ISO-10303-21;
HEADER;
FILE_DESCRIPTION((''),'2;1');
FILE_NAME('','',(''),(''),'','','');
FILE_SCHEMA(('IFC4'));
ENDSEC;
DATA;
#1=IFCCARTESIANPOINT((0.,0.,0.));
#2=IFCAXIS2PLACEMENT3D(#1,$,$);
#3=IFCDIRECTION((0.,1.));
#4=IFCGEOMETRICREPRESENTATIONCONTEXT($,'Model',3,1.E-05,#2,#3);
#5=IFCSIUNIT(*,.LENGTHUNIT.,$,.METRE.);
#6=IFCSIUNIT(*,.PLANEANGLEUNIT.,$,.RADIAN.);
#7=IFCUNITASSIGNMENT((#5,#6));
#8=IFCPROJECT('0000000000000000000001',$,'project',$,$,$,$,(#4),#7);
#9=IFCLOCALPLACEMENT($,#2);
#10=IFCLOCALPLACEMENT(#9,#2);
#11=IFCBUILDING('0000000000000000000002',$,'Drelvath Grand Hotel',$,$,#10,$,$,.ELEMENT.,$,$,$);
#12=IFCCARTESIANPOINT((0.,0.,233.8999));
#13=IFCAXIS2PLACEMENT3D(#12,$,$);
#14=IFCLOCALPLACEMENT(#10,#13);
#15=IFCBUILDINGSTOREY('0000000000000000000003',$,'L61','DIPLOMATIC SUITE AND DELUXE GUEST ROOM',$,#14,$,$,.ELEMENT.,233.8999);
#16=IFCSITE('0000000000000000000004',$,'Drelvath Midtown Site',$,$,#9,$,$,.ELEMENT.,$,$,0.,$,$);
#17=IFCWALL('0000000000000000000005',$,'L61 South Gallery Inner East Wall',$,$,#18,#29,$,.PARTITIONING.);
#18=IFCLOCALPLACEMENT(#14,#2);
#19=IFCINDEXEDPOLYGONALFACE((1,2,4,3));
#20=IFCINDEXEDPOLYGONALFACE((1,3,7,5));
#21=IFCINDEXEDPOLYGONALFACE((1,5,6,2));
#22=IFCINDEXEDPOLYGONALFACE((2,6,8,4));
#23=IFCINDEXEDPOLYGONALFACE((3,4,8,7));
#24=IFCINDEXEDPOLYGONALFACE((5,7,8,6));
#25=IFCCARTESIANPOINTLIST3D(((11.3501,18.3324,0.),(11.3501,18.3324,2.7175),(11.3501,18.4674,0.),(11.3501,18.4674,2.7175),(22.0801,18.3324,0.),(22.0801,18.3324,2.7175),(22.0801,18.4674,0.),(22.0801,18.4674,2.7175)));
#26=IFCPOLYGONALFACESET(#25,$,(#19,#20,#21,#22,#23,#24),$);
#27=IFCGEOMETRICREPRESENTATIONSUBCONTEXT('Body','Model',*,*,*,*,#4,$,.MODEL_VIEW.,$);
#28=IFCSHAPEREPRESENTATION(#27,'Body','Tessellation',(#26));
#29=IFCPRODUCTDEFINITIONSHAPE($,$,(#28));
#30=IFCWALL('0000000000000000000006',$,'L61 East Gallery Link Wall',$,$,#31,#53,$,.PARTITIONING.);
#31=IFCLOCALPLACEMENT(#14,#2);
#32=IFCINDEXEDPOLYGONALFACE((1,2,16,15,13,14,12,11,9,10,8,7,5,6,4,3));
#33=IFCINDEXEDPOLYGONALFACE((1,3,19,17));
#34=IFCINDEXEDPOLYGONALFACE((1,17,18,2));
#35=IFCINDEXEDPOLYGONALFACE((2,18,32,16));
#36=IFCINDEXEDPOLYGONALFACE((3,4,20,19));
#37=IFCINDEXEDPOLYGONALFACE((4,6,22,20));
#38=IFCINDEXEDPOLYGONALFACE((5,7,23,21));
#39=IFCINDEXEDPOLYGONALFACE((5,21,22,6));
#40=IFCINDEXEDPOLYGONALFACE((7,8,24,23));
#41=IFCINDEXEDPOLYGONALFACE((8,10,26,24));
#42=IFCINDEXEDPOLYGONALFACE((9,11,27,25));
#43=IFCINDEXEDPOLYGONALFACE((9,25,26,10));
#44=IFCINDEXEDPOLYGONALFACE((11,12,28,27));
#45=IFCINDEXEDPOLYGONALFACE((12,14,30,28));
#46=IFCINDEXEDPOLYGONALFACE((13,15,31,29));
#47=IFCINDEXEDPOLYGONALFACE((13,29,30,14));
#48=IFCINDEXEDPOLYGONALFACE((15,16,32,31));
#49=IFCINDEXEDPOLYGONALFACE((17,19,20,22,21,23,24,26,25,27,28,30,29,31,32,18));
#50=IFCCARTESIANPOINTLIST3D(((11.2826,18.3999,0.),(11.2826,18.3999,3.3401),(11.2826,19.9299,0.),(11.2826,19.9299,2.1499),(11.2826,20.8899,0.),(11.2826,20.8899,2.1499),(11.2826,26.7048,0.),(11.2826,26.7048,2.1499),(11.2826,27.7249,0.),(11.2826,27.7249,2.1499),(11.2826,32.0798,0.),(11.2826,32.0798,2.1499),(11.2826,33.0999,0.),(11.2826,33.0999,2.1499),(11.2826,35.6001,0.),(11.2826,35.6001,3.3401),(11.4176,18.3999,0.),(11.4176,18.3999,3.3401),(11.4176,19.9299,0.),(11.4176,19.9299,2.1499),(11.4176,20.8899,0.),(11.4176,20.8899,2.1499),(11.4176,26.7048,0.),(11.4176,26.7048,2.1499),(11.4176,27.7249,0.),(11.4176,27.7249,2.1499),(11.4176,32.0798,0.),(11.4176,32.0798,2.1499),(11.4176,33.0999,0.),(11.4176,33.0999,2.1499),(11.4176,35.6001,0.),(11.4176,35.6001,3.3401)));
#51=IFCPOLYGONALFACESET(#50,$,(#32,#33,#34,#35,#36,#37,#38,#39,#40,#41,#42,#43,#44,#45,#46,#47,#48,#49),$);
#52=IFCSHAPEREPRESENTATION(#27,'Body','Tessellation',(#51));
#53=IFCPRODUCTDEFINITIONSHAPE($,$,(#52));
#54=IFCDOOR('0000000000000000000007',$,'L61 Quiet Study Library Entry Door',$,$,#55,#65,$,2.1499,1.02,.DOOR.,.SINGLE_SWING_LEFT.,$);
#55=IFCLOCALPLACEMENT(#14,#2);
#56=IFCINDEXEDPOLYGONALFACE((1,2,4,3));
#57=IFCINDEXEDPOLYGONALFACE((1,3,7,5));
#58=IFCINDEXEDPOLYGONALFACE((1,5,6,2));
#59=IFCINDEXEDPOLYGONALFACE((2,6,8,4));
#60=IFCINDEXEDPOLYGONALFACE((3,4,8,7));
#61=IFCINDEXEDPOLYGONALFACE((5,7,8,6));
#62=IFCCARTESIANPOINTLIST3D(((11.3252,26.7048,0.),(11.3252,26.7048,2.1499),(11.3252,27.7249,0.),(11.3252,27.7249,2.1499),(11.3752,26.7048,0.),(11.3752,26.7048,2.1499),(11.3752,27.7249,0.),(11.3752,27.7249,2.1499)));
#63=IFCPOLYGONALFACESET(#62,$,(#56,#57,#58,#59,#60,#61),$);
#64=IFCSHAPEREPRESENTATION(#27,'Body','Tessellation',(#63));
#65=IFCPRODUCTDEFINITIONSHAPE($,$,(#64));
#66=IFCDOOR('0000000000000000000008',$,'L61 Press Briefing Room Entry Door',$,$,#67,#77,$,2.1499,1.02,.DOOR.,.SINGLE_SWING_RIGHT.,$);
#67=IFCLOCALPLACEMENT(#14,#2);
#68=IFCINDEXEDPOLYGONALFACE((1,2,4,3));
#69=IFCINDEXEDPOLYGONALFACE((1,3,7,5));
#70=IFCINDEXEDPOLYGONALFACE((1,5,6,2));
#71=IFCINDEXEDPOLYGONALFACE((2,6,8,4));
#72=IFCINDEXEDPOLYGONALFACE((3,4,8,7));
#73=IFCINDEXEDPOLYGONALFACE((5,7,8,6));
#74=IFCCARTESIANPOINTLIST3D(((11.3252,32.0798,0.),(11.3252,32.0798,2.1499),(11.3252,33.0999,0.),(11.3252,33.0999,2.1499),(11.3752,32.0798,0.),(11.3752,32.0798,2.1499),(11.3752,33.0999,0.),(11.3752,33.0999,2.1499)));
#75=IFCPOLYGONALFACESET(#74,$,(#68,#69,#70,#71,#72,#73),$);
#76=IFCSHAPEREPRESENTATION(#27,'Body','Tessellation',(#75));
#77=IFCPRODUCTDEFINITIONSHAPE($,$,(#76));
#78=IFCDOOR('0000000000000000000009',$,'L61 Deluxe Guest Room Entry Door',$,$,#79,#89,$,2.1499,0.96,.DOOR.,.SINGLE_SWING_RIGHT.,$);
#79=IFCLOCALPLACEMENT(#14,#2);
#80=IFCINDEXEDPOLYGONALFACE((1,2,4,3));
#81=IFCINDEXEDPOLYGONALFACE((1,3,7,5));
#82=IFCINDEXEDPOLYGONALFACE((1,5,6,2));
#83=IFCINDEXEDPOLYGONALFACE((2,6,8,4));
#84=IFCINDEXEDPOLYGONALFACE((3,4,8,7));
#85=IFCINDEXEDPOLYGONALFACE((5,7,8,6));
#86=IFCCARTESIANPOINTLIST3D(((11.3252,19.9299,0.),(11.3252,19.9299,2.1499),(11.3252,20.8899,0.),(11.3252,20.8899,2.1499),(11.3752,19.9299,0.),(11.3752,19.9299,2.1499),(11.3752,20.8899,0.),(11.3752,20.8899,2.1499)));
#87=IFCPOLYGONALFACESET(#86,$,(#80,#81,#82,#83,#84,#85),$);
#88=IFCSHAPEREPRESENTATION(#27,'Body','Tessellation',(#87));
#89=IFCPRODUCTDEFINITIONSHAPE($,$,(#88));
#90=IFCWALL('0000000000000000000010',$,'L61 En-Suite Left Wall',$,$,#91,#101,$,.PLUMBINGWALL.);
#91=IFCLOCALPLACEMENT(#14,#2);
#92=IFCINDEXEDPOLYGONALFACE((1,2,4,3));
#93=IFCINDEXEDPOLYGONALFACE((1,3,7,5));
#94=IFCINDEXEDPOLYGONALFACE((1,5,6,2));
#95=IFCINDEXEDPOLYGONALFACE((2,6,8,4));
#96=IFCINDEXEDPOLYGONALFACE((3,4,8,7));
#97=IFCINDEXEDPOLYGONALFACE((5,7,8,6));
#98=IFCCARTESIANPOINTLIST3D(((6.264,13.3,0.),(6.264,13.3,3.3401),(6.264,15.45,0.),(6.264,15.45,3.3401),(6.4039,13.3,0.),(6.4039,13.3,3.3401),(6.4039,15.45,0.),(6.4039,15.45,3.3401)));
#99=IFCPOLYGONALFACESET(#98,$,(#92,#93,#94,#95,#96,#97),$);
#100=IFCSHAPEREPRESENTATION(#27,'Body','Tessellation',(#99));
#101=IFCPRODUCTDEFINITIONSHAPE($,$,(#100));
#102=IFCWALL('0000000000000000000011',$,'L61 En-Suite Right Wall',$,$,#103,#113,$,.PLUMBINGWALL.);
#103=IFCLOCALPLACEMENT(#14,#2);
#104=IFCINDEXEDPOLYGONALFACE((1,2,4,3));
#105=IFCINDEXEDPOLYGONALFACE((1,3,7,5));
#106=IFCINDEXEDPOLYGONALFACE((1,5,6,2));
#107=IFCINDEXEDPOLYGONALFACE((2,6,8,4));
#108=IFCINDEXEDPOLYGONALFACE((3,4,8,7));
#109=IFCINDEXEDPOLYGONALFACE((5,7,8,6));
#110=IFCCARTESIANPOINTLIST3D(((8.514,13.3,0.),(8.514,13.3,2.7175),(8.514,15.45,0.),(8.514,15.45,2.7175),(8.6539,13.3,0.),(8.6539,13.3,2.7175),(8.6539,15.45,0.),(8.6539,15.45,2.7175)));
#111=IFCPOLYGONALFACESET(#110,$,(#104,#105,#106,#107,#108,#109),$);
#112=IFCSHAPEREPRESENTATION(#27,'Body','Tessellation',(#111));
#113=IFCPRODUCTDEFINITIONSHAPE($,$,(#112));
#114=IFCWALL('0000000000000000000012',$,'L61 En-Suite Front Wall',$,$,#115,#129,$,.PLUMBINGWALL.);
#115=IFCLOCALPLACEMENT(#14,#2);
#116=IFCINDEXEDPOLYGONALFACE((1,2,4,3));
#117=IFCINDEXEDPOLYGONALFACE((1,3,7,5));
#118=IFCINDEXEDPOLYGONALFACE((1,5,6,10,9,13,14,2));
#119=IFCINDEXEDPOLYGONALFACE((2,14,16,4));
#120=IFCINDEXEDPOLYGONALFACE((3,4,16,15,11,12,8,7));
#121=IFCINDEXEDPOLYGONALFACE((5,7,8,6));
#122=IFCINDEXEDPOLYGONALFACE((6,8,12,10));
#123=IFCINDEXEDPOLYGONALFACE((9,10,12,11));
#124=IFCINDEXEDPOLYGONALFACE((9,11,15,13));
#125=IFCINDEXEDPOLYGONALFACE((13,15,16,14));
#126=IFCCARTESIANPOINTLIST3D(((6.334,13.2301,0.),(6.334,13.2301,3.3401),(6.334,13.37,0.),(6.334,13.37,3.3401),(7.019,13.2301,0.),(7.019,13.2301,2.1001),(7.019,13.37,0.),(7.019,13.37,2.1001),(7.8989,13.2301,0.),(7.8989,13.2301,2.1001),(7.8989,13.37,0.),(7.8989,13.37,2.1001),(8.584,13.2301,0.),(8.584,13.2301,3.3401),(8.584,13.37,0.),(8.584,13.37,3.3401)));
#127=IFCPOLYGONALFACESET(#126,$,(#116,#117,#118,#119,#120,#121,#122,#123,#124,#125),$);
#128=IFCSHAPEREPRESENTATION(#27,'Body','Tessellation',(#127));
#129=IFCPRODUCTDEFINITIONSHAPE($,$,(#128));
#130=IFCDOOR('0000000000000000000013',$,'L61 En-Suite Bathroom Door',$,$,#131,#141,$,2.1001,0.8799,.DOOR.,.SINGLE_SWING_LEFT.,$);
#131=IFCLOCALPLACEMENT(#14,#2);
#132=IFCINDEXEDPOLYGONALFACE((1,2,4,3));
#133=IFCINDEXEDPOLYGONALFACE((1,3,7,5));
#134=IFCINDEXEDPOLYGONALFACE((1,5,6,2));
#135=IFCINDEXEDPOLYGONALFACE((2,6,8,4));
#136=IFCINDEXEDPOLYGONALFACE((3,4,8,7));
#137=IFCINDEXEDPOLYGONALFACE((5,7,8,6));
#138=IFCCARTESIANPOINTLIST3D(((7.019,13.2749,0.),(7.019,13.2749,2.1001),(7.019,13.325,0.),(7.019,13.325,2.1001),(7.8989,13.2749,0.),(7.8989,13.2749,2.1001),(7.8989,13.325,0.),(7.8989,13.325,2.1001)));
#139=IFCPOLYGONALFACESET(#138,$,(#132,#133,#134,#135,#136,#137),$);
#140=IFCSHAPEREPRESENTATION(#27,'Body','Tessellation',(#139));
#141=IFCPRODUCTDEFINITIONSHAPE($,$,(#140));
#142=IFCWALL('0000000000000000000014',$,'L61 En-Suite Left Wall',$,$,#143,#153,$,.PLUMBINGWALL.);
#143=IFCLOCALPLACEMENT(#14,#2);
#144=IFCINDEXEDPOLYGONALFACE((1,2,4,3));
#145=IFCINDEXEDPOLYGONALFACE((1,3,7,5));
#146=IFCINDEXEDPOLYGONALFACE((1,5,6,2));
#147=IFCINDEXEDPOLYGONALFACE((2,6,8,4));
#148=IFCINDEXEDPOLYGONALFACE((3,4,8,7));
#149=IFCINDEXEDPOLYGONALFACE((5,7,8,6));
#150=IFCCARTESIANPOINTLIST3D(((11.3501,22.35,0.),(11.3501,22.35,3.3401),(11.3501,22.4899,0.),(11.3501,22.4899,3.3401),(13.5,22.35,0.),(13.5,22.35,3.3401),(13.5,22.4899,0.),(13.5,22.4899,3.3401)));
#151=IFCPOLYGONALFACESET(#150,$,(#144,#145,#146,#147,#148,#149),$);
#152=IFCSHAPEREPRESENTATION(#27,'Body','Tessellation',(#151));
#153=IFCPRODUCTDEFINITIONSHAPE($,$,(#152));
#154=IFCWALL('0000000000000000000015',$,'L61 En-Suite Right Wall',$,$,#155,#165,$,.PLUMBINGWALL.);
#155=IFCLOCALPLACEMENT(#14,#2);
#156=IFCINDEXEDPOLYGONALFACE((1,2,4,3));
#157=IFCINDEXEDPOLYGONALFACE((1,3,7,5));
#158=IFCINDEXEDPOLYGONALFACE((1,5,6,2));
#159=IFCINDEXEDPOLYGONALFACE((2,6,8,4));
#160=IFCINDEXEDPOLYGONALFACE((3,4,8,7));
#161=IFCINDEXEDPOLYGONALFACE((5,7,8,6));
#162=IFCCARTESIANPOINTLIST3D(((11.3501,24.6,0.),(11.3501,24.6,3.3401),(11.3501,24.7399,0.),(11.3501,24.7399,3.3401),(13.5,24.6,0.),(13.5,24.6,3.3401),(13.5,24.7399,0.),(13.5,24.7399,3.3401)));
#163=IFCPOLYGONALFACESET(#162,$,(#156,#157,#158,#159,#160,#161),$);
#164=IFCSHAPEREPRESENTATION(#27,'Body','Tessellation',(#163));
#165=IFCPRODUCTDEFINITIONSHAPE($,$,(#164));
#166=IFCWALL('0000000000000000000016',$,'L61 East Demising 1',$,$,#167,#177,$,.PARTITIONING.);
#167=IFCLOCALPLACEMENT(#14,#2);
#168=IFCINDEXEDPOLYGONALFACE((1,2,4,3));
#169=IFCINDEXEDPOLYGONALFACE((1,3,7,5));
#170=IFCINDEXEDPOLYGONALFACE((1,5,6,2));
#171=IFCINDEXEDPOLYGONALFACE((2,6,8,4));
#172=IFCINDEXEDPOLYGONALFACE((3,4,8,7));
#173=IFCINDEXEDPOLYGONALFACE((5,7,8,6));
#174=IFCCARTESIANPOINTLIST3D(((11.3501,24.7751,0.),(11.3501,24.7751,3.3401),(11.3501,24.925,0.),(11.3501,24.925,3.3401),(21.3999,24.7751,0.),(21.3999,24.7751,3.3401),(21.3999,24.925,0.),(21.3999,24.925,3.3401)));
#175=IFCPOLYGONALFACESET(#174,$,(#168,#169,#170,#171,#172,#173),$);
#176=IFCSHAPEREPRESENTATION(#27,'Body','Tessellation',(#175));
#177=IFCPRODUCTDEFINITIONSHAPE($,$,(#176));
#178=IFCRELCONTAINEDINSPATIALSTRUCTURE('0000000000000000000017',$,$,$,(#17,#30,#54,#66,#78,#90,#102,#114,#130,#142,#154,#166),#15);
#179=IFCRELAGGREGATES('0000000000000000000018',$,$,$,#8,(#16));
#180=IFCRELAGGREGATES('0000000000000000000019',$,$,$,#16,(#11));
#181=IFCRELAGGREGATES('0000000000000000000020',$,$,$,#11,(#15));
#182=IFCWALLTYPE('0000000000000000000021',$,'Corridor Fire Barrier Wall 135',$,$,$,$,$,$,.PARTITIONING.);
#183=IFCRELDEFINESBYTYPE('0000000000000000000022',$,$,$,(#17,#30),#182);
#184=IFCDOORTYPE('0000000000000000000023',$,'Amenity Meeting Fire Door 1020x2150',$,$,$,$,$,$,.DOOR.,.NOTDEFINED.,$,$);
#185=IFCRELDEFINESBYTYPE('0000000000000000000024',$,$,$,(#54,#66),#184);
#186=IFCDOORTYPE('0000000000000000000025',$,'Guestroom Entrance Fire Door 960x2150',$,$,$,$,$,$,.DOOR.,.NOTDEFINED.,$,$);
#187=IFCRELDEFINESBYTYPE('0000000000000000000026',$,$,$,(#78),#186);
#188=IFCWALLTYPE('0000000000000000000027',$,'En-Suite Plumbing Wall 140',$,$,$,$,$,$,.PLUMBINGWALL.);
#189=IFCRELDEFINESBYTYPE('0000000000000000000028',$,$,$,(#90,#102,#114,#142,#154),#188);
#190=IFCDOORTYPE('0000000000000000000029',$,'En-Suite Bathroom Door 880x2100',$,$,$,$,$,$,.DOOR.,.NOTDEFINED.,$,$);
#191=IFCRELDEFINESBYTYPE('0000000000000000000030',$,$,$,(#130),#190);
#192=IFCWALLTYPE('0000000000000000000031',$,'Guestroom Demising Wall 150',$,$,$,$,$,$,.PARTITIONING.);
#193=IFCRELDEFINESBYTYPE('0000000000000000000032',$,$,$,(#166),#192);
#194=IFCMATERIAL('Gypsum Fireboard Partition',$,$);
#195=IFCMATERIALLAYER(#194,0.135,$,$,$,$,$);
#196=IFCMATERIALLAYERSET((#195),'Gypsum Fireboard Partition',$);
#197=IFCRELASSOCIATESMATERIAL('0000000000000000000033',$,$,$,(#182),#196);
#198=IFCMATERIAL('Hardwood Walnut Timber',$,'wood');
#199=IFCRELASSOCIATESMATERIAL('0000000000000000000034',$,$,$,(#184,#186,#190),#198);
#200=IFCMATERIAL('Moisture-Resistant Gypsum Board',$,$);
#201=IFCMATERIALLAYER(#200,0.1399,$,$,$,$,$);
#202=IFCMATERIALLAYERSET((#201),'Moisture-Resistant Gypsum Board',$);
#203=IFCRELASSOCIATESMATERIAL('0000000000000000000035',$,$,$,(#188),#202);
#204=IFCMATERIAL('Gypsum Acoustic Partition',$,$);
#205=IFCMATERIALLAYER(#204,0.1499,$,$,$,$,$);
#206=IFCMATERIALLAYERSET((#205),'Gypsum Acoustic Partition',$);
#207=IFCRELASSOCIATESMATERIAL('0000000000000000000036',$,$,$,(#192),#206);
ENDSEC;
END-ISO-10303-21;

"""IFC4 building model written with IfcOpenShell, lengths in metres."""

from ifc_helpers import new_model, si_unit, direction, frame, frame_2d, origin, place, context, subcontext, project, spatial, rectangle, extrude, material, layer, layer_set, type_object, element, fill, save


model = new_model("IFC4")

# Units and contexts
model_context = context("Model", 3, precision=1e-05, world=origin(), true_north=direction((0.0, 1.0)))
body_context = subcontext(model_context, "Body", "Model", "MODEL_VIEW")
ifc_project = project(units=[si_unit("LENGTHUNIT", "METRE"), si_unit("PLANEANGLEUNIT", "RADIAN")], contexts=[model_context])

# Site, building, storey
site_placement = place(None, origin())
site = spatial("IfcSite", under=ifc_project, at=site_placement, Name="Drelvath Midtown Site", CompositionType="ELEMENT", RefElevation=0.0)
building_placement = place(site_placement, origin())
building = spatial("IfcBuilding", under=site, at=building_placement, Name="Drelvath Grand Hotel", CompositionType="ELEMENT")
storey_placement = place(building_placement, frame((0.0, 0.0, 233.8999)))
storey = spatial("IfcBuildingStorey", under=building, at=storey_placement, Name="L61", Description="DIPLOMATIC SUITE AND DELUXE GUEST ROOM", CompositionType="ELEMENT", Elevation=233.8999)

# Wall
ifc_material_1 = material(Name="Gypsum Fireboard Partition")
ifc_layer_1 = layer(ifc_material_1, 0.135)
ifc_layer_set_1 = layer_set([ifc_layer_1], Name="Gypsum Fireboard Partition")
wall_type_1 = type_object("IfcWallType", Name="Corridor Fire Barrier Wall 135", PredefinedType="PARTITIONING", material=ifc_layer_set_1)
wall_1_placement = place(storey_placement, frame((11.3501, 18.3999, 0.0), z_axis=(0.0, 0.0, 1.0), x_axis=(1.0, 0.0, 0.0)))
element("IfcWall", 1, at=wall_1_placement, inside=storey, type_object=wall_type_1, Name="L61 South Gallery Inner East Wall", PredefinedType="PARTITIONING", context=body_context, shape_type="SweptSolid", body=[
    extrude(rectangle(XDim=10.73, YDim=0.135, at=frame_2d((5.365, 0.0))), origin(), (0.0, 0.0, 1.0), 2.7175),
])

# Wall, openings, doors
wall_2_placement = place(storey_placement, frame((11.3501, 18.3999, 0.0), z_axis=(0.0, 0.0, 1.0), x_axis=(0.0, 1.0, 0.0)))
wall_2 = element("IfcWall", 2, at=wall_2_placement, inside=storey, type_object=wall_type_1, Name="L61 East Gallery Link Wall", PredefinedType="PARTITIONING", context=body_context, shape_type="SweptSolid", body=[
    extrude(rectangle(XDim=17.2002, YDim=0.135, at=frame_2d((8.6001, 0.0))), origin(), (0.0, 0.0, 1.0), 3.3401),
])
opening_1_placement = place(wall_2_placement, frame((1.53, 0.0, 0.0)))
opening_1 = element("IfcOpeningElement", 3, at=opening_1_placement, cuts=wall_2, PredefinedType="OPENING", context=body_context, shape_type="SweptSolid", body=[
    extrude(rectangle(XDim=0.96, YDim=2.1499, at=frame_2d((0.48, 1.075))), frame((0.0, 0.0774, 0.0), z_axis=(0.0, -1.0, 0.0), x_axis=(1.0, 0.0, 0.0)), (0.0, 0.0, 1.0), 0.155),
])
opening_2_placement = place(wall_2_placement, frame((8.3049, 0.0, 0.0)))
opening_2 = element("IfcOpeningElement", 4, at=opening_2_placement, cuts=wall_2, PredefinedType="OPENING", context=body_context, shape_type="SweptSolid", body=[
    extrude(rectangle(XDim=1.02, YDim=2.1499, at=frame_2d((0.51, 1.075))), frame((0.0, 0.0774, 0.0), z_axis=(0.0, -1.0, 0.0), x_axis=(1.0, 0.0, 0.0)), (0.0, 0.0, 1.0), 0.155),
])
opening_3_placement = place(wall_2_placement, frame((13.6799, 0.0, 0.0)))
opening_3 = element("IfcOpeningElement", 5, at=opening_3_placement, cuts=wall_2, PredefinedType="OPENING", context=body_context, shape_type="SweptSolid", body=[
    extrude(rectangle(XDim=1.02, YDim=2.1499, at=frame_2d((0.51, 1.075))), frame((0.0, 0.0774, 0.0), z_axis=(0.0, -1.0, 0.0), x_axis=(1.0, 0.0, 0.0)), (0.0, 0.0, 1.0), 0.155),
])
ifc_material_2 = material(Name="Hardwood Walnut Timber", Category="wood")
door_type_1 = type_object("IfcDoorType", Name="Amenity Meeting Fire Door 1020x2150", OperationType="NOTDEFINED", PredefinedType="DOOR", material=ifc_material_2)
door_1_placement = place(opening_2_placement, origin())
door_1 = element("IfcDoor", 6, at=door_1_placement, inside=storey, type_object=door_type_1, Name="L61 Quiet Study Library Entry Door", OperationType="SINGLE_SWING_LEFT", OverallHeight=2.1499, OverallWidth=1.02, PredefinedType="DOOR", context=body_context, shape_type="SweptSolid", body=[
    extrude(rectangle(XDim=1.02, YDim=2.1499, at=frame_2d((0.51, 1.075))), frame((0.0, 0.0249, 0.0), z_axis=(0.0, -1.0, 0.0), x_axis=(1.0, 0.0, 0.0)), (0.0, 0.0, 1.0), 0.05),
])
fill(opening_2, door_1)
door_2_placement = place(opening_3_placement, origin())
door_2 = element("IfcDoor", 7, at=door_2_placement, inside=storey, type_object=door_type_1, Name="L61 Press Briefing Room Entry Door", OperationType="SINGLE_SWING_RIGHT", OverallHeight=2.1499, OverallWidth=1.02, PredefinedType="DOOR", context=body_context, shape_type="SweptSolid", body=[
    extrude(rectangle(XDim=1.02, YDim=2.1499, at=frame_2d((0.51, 1.075))), frame((0.0, 0.0249, 0.0), z_axis=(0.0, -1.0, 0.0), x_axis=(1.0, 0.0, 0.0)), (0.0, 0.0, 1.0), 0.05),
])
fill(opening_3, door_2)
door_type_2 = type_object("IfcDoorType", Name="Guestroom Entrance Fire Door 960x2150", OperationType="NOTDEFINED", PredefinedType="DOOR", material=ifc_material_2)
door_3_placement = place(opening_1_placement, origin())
door_3 = element("IfcDoor", 8, at=door_3_placement, inside=storey, type_object=door_type_2, Name="L61 Deluxe Guest Room Entry Door", OperationType="SINGLE_SWING_RIGHT", OverallHeight=2.1499, OverallWidth=0.96, PredefinedType="DOOR", context=body_context, shape_type="SweptSolid", body=[
    extrude(rectangle(XDim=0.96, YDim=2.1499, at=frame_2d((0.48, 1.075))), frame((0.0, 0.0249, 0.0), z_axis=(0.0, -1.0, 0.0), x_axis=(1.0, 0.0, 0.0)), (0.0, 0.0, 1.0), 0.05),
])
fill(opening_1, door_3)

# Walls
ifc_material_3 = material(Name="Moisture-Resistant Gypsum Board")
ifc_layer_2 = layer(ifc_material_3, 0.1399)
ifc_layer_set_2 = layer_set([ifc_layer_2], Name="Moisture-Resistant Gypsum Board")
wall_type_2 = type_object("IfcWallType", Name="En-Suite Plumbing Wall 140", PredefinedType="PLUMBINGWALL", material=ifc_layer_set_2)
wall_3_placement = place(storey_placement, frame((6.334, 15.45, 0.0), z_axis=(0.0, 0.0, 1.0), x_axis=(0.0, -1.0, 0.0)))
element("IfcWall", 9, at=wall_3_placement, inside=storey, type_object=wall_type_2, Name="L61 En-Suite Left Wall", PredefinedType="PLUMBINGWALL", context=body_context, shape_type="SweptSolid", body=[
    extrude(rectangle(XDim=2.1499, YDim=0.1399, at=frame_2d((1.075, 0.0))), origin(), (0.0, 0.0, 1.0), 3.3401),
])
wall_4_placement = place(storey_placement, frame((8.584, 15.45, 0.0), z_axis=(0.0, 0.0, 1.0), x_axis=(0.0, -1.0, 0.0)))
element("IfcWall", 10, at=wall_4_placement, inside=storey, type_object=wall_type_2, Name="L61 En-Suite Right Wall", PredefinedType="PLUMBINGWALL", context=body_context, shape_type="SweptSolid", body=[
    extrude(rectangle(XDim=2.1499, YDim=0.1399, at=frame_2d((1.075, 0.0))), origin(), (0.0, 0.0, 1.0), 2.7175),
])

# Wall, opening, door
wall_5_placement = place(storey_placement, frame((6.334, 13.3, 0.0), z_axis=(0.0, 0.0, 1.0), x_axis=(1.0, 0.0, 0.0)))
wall_5 = element("IfcWall", 11, at=wall_5_placement, inside=storey, type_object=wall_type_2, Name="L61 En-Suite Front Wall", PredefinedType="PLUMBINGWALL", context=body_context, shape_type="SweptSolid", body=[
    extrude(rectangle(XDim=2.25, YDim=0.1399, at=frame_2d((1.125, 0.0))), origin(), (0.0, 0.0, 1.0), 3.3401),
])
opening_4_placement = place(wall_5_placement, frame((0.6851, 0.0, 0.0)))
opening_4 = element("IfcOpeningElement", 12, at=opening_4_placement, cuts=wall_5, PredefinedType="OPENING", context=body_context, shape_type="SweptSolid", body=[
    extrude(rectangle(XDim=0.8799, YDim=2.1001, at=frame_2d((0.4399, 1.05))), frame((0.0, 0.0798, 0.0), z_axis=(0.0, -1.0, 0.0), x_axis=(1.0, 0.0, 0.0)), (0.0, 0.0, 1.0), 0.1599),
])
door_type_3 = type_object("IfcDoorType", Name="En-Suite Bathroom Door 880x2100", OperationType="NOTDEFINED", PredefinedType="DOOR", material=ifc_material_2)
door_4_placement = place(opening_4_placement, origin())
door_4 = element("IfcDoor", 13, at=door_4_placement, inside=storey, type_object=door_type_3, Name="L61 En-Suite Bathroom Door", OperationType="SINGLE_SWING_LEFT", OverallHeight=2.1001, OverallWidth=0.8799, PredefinedType="DOOR", context=body_context, shape_type="SweptSolid", body=[
    extrude(rectangle(XDim=0.8799, YDim=2.1001, at=frame_2d((0.4399, 1.05))), frame((0.0, 0.0249, 0.0), z_axis=(0.0, -1.0, 0.0), x_axis=(1.0, 0.0, 0.0)), (0.0, 0.0, 1.0), 0.05),
])
fill(opening_4, door_4)

# Walls
for number, where, z_axis, x_axis, name in (
    (14, (11.3501, 22.4199, 0.0), (0.0, 0.0, 1.0), (1.0, 0.0, 0.0), "L61 En-Suite Left Wall"),
    (15, (11.3501, 24.6699, 0.0), (0.0, 0.0, 1.0), (1.0, 0.0, 0.0), "L61 En-Suite Right Wall"),
):
    element("IfcWall", number, at=place(storey_placement, frame(where, z_axis=z_axis, x_axis=x_axis)), inside=storey, type_object=wall_type_2, Name=name, PredefinedType="PLUMBINGWALL", context=body_context, shape_type="SweptSolid", body=[
        extrude(rectangle(XDim=2.1499, YDim=0.1399, at=frame_2d((1.075, 0.0))), origin(), (0.0, 0.0, 1.0), 3.3401),
    ])
ifc_material_4 = material(Name="Gypsum Acoustic Partition")
ifc_layer_3 = layer(ifc_material_4, 0.1499)
ifc_layer_set_3 = layer_set([ifc_layer_3], Name="Gypsum Acoustic Partition")
wall_type_3 = type_object("IfcWallType", Name="Guestroom Demising Wall 150", PredefinedType="PARTITIONING", material=ifc_layer_set_3)
wall_6_placement = place(storey_placement, frame((11.3501, 24.8501, 0.0), z_axis=(0.0, 0.0, 1.0), x_axis=(1.0, 0.0, 0.0)))
element("IfcWall", 16, at=wall_6_placement, inside=storey, type_object=wall_type_3, Name="L61 East Demising 1", PredefinedType="PARTITIONING", context=body_context, shape_type="SweptSolid", body=[
    extrude(rectangle(XDim=10.0498, YDim=0.1499, at=frame_2d((5.0249, 0.0))), origin(), (0.0, 0.0, 1.0), 3.3401),
])

save(model, "model.ifc")
